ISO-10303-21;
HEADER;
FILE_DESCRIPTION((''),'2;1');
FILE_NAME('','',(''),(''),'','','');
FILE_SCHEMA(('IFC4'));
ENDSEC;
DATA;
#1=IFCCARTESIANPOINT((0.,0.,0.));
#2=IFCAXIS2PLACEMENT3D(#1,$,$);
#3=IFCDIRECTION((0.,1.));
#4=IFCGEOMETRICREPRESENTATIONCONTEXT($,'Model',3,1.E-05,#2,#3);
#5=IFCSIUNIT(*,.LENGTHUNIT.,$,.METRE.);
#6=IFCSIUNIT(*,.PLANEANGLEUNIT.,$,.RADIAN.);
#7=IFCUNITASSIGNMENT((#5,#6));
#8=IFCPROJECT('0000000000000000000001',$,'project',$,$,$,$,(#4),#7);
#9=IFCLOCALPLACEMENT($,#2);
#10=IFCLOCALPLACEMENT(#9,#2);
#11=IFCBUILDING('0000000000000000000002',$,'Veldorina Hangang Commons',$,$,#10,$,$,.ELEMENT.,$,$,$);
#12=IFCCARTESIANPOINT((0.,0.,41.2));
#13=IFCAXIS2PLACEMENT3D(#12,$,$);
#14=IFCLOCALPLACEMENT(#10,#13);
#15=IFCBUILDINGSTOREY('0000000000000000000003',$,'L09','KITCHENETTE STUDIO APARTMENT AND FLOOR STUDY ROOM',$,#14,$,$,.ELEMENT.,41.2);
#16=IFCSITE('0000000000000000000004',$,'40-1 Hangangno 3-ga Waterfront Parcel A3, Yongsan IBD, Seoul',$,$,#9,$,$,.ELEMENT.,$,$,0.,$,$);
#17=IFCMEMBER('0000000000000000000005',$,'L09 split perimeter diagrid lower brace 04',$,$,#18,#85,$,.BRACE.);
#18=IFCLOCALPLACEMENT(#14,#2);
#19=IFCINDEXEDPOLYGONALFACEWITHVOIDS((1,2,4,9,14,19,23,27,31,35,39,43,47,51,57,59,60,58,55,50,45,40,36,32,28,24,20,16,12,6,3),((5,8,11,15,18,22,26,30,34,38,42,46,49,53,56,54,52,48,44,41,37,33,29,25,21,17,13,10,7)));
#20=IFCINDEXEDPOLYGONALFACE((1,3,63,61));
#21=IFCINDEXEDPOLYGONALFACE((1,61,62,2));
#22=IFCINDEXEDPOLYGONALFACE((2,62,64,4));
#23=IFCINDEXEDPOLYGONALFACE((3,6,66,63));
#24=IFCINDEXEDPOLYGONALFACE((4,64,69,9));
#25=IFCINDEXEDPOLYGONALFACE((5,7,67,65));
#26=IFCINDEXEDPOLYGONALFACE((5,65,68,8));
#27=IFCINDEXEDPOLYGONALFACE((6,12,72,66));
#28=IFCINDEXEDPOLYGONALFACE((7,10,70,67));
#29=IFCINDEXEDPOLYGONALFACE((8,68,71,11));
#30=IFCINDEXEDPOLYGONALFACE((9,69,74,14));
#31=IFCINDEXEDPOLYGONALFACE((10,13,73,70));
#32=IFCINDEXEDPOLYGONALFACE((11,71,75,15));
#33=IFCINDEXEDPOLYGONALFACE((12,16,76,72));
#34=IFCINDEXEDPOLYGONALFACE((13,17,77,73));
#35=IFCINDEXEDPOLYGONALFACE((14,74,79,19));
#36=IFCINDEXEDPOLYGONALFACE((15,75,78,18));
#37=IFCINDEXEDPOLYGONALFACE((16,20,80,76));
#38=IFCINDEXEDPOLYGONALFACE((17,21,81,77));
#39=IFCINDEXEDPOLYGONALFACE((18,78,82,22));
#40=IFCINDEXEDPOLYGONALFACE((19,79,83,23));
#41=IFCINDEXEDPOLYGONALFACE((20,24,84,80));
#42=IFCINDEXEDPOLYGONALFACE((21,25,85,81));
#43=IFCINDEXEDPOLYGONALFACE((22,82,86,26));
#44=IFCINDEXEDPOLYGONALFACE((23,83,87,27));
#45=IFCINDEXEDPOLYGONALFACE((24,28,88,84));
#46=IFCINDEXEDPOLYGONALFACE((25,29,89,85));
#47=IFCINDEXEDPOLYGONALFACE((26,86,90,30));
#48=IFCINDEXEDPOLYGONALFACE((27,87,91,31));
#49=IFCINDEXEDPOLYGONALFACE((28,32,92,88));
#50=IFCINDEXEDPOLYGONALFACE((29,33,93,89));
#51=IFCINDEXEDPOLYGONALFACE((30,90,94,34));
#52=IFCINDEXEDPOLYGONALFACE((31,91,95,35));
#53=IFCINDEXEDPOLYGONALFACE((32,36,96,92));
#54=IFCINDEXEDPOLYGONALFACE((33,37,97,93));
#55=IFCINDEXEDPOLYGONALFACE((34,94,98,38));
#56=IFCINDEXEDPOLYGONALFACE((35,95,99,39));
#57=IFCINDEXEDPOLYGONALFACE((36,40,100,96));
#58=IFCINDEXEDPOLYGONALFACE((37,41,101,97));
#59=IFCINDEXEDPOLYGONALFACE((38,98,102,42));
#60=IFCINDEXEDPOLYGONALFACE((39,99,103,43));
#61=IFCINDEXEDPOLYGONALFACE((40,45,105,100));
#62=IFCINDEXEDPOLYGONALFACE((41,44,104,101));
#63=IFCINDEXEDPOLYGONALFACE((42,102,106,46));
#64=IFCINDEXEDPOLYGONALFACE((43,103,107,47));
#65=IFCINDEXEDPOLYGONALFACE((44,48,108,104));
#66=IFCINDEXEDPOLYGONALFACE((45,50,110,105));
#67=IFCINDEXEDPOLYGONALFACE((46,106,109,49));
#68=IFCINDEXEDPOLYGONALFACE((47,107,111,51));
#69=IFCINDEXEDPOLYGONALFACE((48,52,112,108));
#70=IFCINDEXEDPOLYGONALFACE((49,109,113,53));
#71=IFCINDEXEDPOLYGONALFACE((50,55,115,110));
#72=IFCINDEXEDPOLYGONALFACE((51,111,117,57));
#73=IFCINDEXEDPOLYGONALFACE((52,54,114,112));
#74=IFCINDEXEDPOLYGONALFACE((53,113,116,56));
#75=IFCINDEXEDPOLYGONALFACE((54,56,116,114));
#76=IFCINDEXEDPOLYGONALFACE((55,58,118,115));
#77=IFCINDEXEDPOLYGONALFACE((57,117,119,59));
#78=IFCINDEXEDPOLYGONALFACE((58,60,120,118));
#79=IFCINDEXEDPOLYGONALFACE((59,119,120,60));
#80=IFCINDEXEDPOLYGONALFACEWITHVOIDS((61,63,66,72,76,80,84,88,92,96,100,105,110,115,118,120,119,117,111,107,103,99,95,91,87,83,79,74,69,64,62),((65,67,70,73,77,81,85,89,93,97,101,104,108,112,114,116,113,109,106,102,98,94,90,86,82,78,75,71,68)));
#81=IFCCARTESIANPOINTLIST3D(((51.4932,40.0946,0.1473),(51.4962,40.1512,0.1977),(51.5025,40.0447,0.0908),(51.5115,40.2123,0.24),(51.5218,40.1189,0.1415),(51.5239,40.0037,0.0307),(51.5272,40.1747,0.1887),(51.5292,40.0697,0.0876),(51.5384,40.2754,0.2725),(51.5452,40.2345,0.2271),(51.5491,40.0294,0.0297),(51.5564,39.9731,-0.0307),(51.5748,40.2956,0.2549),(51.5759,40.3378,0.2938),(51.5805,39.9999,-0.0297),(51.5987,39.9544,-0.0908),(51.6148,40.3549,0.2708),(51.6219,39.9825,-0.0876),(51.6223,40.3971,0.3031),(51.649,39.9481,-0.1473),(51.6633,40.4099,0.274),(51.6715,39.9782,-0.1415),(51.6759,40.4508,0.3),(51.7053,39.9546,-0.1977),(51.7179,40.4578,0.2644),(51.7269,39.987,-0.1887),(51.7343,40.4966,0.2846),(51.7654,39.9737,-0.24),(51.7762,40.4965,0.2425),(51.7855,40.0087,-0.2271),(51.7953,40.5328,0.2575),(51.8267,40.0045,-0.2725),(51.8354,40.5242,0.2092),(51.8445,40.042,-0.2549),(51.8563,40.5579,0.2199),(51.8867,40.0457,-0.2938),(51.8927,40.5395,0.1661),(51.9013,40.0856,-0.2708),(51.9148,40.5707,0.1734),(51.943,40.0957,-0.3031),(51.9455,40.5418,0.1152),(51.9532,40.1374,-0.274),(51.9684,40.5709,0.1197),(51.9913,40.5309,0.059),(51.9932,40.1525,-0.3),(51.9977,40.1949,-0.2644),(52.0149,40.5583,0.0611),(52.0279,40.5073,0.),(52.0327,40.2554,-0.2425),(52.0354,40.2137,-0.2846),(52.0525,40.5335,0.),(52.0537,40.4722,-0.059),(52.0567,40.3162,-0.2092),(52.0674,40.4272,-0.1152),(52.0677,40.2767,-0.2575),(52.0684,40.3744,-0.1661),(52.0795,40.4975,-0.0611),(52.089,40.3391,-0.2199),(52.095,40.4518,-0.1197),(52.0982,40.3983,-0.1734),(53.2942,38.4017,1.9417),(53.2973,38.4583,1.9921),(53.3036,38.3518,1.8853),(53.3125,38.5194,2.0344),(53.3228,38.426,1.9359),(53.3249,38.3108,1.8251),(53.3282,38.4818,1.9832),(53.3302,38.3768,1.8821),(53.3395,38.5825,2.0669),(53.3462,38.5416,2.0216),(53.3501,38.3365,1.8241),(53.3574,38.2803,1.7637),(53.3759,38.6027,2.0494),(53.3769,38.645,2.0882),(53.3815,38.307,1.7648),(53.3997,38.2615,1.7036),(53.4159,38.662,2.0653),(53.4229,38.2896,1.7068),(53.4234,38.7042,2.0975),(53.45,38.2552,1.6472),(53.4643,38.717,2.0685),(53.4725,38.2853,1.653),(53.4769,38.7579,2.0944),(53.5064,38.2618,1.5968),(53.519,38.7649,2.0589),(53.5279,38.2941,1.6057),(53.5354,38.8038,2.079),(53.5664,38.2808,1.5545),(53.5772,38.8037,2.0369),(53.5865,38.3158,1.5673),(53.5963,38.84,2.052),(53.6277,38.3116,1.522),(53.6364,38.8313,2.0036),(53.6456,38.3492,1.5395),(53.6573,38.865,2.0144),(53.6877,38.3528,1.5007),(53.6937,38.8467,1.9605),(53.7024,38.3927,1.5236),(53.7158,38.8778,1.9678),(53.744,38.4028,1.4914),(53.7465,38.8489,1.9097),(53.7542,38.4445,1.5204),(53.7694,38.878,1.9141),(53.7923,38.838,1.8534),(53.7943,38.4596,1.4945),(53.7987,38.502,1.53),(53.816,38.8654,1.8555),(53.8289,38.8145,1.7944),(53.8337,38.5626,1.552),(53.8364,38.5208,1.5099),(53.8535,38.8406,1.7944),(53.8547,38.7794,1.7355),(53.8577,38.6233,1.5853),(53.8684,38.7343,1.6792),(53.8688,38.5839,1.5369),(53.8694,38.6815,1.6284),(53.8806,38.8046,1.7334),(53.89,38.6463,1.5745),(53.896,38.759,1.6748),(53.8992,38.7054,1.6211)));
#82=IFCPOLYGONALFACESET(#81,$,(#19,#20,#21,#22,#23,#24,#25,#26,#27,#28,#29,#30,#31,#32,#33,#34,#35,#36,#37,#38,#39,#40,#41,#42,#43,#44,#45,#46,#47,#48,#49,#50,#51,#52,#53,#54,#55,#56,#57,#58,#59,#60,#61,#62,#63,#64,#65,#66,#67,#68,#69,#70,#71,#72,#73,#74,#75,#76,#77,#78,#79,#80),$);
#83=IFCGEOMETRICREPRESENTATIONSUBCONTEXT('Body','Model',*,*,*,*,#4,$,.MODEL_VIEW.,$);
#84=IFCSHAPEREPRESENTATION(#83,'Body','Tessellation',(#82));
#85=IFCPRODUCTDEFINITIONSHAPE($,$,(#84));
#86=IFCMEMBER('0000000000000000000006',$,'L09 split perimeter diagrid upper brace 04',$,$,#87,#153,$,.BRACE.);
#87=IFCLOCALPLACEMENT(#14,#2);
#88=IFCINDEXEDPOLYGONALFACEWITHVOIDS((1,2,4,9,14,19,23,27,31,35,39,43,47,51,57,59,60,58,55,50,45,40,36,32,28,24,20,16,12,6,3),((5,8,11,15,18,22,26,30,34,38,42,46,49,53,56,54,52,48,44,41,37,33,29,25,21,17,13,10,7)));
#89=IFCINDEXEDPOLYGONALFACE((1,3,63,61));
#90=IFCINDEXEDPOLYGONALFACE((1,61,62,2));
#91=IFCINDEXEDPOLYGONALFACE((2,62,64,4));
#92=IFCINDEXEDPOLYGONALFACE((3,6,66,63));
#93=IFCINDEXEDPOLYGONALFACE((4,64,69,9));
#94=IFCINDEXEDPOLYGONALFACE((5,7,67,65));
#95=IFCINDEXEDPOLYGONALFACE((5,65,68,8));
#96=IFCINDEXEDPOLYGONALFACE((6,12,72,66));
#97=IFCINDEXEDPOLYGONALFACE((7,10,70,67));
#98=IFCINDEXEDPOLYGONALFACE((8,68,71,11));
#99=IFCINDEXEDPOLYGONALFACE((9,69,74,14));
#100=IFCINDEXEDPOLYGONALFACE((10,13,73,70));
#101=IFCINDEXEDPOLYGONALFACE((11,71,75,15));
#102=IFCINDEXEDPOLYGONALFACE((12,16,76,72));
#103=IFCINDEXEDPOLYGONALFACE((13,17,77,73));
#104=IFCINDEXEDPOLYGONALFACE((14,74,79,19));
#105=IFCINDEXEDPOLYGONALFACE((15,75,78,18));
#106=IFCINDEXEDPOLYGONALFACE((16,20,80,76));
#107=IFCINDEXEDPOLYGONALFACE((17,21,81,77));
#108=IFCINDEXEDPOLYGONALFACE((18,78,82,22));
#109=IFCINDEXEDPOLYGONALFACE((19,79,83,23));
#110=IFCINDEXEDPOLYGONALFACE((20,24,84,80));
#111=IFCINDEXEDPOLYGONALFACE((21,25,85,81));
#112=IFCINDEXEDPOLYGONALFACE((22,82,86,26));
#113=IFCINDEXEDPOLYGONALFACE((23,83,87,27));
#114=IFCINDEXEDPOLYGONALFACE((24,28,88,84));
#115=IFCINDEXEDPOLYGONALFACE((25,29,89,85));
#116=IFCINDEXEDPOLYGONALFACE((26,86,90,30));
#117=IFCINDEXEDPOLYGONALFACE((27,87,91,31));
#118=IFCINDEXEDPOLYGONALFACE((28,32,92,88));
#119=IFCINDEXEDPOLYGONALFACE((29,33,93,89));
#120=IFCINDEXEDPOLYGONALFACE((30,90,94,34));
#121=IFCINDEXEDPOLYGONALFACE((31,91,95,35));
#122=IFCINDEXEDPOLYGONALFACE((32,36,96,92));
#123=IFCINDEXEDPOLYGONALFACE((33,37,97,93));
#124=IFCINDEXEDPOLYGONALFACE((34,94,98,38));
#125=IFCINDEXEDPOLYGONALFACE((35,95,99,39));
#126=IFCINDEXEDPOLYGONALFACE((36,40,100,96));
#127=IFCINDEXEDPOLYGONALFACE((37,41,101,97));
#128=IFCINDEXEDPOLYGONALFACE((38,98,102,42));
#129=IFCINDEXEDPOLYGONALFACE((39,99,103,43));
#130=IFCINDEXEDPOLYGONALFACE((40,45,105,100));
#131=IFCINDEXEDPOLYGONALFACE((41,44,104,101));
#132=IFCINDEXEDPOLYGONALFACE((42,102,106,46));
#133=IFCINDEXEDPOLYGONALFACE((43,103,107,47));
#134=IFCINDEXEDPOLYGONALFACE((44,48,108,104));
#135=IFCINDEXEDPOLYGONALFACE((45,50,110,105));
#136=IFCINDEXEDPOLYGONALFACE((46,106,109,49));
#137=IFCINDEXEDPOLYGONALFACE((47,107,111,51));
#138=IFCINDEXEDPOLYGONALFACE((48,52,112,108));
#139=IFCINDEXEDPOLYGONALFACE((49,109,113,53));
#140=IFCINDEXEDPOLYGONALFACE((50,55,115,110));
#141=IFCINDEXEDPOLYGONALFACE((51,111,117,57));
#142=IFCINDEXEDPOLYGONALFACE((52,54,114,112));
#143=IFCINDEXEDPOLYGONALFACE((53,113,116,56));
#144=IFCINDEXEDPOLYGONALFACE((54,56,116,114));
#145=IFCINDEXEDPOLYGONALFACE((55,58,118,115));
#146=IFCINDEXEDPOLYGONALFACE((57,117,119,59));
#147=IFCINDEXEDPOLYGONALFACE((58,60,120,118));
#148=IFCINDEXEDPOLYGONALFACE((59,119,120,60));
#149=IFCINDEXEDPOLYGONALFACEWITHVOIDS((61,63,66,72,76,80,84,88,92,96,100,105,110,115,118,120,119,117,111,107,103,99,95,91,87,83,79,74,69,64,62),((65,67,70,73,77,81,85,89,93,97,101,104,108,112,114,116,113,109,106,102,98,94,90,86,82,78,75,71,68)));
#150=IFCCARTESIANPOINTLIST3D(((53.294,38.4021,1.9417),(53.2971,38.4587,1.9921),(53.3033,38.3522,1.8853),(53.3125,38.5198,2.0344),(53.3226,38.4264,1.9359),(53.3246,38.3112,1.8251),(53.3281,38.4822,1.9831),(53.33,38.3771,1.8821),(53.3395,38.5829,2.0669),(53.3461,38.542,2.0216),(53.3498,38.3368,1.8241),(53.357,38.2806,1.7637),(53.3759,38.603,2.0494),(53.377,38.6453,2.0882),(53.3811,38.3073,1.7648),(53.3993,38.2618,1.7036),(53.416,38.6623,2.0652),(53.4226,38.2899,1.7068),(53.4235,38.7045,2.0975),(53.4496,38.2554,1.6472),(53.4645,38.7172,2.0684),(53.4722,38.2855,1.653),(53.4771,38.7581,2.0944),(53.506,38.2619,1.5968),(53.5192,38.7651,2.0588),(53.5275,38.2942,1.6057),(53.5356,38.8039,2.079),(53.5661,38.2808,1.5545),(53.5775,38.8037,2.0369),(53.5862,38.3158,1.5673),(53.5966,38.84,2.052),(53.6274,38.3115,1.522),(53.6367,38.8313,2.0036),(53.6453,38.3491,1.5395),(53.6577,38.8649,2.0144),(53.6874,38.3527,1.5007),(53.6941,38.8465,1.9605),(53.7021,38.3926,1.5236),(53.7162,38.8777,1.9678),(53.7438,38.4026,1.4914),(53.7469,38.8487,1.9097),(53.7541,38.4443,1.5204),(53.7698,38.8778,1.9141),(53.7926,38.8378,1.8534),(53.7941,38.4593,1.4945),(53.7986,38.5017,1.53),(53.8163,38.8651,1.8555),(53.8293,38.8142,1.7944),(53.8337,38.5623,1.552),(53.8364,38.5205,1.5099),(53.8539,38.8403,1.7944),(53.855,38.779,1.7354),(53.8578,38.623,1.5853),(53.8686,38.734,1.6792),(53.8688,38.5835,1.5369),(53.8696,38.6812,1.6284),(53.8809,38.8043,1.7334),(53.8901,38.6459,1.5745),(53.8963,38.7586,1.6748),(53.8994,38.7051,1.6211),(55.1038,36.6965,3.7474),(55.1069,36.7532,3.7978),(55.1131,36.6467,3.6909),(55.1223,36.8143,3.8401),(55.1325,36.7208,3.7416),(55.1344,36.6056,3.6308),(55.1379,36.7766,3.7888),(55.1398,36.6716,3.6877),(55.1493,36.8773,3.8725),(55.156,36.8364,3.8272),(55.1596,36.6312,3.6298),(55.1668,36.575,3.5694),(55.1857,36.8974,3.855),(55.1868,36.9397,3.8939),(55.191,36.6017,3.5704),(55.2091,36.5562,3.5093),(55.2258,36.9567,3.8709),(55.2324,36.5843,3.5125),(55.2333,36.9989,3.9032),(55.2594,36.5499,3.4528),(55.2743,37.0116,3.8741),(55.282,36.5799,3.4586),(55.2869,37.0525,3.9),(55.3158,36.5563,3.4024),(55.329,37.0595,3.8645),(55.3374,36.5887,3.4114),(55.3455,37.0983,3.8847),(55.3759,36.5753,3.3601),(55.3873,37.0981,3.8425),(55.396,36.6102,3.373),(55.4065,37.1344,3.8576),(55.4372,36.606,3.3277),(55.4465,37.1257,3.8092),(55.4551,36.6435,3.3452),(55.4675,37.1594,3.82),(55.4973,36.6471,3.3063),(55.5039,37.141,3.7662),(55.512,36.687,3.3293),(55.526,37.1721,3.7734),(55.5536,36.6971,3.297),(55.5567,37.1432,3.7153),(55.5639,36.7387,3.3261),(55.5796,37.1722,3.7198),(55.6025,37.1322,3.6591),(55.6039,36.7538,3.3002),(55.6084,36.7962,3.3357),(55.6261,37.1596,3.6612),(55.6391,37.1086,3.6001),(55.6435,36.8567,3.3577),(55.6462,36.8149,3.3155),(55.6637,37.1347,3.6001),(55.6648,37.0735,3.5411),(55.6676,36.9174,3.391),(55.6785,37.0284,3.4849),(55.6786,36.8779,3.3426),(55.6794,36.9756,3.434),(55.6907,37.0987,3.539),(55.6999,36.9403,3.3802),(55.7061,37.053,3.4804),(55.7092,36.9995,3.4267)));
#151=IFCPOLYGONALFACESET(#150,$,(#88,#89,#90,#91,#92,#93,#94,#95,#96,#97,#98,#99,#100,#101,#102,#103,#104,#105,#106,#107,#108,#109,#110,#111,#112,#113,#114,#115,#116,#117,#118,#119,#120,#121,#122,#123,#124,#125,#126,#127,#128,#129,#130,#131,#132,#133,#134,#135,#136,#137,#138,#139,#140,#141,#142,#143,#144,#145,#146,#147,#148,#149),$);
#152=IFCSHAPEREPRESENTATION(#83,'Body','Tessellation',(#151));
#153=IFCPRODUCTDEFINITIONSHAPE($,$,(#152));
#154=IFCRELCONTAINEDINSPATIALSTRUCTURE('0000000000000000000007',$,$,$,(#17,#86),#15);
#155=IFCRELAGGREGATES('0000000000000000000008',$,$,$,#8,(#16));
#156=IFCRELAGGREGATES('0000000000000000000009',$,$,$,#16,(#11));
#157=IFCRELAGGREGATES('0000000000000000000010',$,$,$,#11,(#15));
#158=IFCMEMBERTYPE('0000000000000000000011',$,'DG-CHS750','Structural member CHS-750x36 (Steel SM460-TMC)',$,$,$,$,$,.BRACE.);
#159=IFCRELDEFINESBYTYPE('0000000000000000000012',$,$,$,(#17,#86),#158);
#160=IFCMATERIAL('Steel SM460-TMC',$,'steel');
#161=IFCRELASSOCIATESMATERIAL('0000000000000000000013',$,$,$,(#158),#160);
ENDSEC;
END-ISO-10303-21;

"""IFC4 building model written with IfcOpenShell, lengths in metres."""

from ifc_helpers import new_model, si_unit, direction, frame, origin, origin_2d, place, context, subcontext, project, spatial, hollow_circle, extrude, material, material_profile, profile_set, type_object, element, save


model = new_model("IFC4")

# Units and contexts
model_context = context("Model", 3, precision=1e-05, world=origin(), true_north=direction((0.0, 1.0)))
body_context = subcontext(model_context, "Body", "Model", "MODEL_VIEW")
ifc_project = project(units=[si_unit("LENGTHUNIT", "METRE"), si_unit("PLANEANGLEUNIT", "RADIAN")], contexts=[model_context])

# Site, building, storey
site_placement = place(None, origin())
site = spatial("IfcSite", under=ifc_project, at=site_placement, Name="40-1 Hangangno 3-ga Waterfront Parcel A3, Yongsan IBD, Seoul", CompositionType="ELEMENT", RefElevation=0.0)
building_placement = place(site_placement, origin())
building = spatial("IfcBuilding", under=site, at=building_placement, Name="Veldorina Hangang Commons", CompositionType="ELEMENT")
storey_placement = place(building_placement, frame((0.0, 0.0, 41.2)))
storey = spatial("IfcBuildingStorey", under=building, at=storey_placement, Name="L09", Description="KITCHENETTE STUDIO APARTMENT AND FLOOR STUDY ROOM", CompositionType="ELEMENT", Elevation=41.2)

# Shared definitions
ifc_material_1 = material(Name="Steel SM460-TMC", Category="steel")

# Members
ifc_material_profile_1 = material_profile(ifc_material_1, hollow_circle(Radius=0.375, WallThickness=0.0359, at=origin_2d()), Name="CHS-750x36")
ifc_profile_set_1 = profile_set([ifc_material_profile_1], Name="Steel SM460-TMC")
member_type = type_object("IfcMemberType", Name="DG-CHS750", Description="Structural member CHS-750x36 (Steel SM460-TMC)", PredefinedType="BRACE", material=ifc_profile_set_1)
member_1_placement = place(storey_placement, frame((51.7957, 40.2603, 0.0), z_axis=(0.589645, -0.554236, 0.587487), x_axis=(0.68489, 0.728646, 0.0)))
element("IfcMember", 1, at=member_1_placement, inside=storey, type_object=member_type, Name="L09 split perimeter diagrid lower brace 04", PredefinedType="BRACE", context=body_context, shape_type="SweptSolid", body=[
    extrude(hollow_circle(Radius=0.375, WallThickness=0.0359, at=origin_2d()), origin(), (0.0, 0.0, 1.0), 3.0544),
])
member_2_placement = place(storey_placement, frame((53.5967, 38.5674, 1.7944), z_axis=(0.588894, -0.554973, 0.587544), x_axis=(0.685836, 0.727756, 0.0)))
element("IfcMember", 2, at=member_2_placement, inside=storey, type_object=member_type, Name="L09 split perimeter diagrid upper brace 04", PredefinedType="BRACE", context=body_context, shape_type="SweptSolid", body=[
    extrude(hollow_circle(Radius=0.375, WallThickness=0.0359, at=origin_2d()), origin(), (0.0, 0.0, 1.0), 3.0732),
])

save(model, "model.ifc")
